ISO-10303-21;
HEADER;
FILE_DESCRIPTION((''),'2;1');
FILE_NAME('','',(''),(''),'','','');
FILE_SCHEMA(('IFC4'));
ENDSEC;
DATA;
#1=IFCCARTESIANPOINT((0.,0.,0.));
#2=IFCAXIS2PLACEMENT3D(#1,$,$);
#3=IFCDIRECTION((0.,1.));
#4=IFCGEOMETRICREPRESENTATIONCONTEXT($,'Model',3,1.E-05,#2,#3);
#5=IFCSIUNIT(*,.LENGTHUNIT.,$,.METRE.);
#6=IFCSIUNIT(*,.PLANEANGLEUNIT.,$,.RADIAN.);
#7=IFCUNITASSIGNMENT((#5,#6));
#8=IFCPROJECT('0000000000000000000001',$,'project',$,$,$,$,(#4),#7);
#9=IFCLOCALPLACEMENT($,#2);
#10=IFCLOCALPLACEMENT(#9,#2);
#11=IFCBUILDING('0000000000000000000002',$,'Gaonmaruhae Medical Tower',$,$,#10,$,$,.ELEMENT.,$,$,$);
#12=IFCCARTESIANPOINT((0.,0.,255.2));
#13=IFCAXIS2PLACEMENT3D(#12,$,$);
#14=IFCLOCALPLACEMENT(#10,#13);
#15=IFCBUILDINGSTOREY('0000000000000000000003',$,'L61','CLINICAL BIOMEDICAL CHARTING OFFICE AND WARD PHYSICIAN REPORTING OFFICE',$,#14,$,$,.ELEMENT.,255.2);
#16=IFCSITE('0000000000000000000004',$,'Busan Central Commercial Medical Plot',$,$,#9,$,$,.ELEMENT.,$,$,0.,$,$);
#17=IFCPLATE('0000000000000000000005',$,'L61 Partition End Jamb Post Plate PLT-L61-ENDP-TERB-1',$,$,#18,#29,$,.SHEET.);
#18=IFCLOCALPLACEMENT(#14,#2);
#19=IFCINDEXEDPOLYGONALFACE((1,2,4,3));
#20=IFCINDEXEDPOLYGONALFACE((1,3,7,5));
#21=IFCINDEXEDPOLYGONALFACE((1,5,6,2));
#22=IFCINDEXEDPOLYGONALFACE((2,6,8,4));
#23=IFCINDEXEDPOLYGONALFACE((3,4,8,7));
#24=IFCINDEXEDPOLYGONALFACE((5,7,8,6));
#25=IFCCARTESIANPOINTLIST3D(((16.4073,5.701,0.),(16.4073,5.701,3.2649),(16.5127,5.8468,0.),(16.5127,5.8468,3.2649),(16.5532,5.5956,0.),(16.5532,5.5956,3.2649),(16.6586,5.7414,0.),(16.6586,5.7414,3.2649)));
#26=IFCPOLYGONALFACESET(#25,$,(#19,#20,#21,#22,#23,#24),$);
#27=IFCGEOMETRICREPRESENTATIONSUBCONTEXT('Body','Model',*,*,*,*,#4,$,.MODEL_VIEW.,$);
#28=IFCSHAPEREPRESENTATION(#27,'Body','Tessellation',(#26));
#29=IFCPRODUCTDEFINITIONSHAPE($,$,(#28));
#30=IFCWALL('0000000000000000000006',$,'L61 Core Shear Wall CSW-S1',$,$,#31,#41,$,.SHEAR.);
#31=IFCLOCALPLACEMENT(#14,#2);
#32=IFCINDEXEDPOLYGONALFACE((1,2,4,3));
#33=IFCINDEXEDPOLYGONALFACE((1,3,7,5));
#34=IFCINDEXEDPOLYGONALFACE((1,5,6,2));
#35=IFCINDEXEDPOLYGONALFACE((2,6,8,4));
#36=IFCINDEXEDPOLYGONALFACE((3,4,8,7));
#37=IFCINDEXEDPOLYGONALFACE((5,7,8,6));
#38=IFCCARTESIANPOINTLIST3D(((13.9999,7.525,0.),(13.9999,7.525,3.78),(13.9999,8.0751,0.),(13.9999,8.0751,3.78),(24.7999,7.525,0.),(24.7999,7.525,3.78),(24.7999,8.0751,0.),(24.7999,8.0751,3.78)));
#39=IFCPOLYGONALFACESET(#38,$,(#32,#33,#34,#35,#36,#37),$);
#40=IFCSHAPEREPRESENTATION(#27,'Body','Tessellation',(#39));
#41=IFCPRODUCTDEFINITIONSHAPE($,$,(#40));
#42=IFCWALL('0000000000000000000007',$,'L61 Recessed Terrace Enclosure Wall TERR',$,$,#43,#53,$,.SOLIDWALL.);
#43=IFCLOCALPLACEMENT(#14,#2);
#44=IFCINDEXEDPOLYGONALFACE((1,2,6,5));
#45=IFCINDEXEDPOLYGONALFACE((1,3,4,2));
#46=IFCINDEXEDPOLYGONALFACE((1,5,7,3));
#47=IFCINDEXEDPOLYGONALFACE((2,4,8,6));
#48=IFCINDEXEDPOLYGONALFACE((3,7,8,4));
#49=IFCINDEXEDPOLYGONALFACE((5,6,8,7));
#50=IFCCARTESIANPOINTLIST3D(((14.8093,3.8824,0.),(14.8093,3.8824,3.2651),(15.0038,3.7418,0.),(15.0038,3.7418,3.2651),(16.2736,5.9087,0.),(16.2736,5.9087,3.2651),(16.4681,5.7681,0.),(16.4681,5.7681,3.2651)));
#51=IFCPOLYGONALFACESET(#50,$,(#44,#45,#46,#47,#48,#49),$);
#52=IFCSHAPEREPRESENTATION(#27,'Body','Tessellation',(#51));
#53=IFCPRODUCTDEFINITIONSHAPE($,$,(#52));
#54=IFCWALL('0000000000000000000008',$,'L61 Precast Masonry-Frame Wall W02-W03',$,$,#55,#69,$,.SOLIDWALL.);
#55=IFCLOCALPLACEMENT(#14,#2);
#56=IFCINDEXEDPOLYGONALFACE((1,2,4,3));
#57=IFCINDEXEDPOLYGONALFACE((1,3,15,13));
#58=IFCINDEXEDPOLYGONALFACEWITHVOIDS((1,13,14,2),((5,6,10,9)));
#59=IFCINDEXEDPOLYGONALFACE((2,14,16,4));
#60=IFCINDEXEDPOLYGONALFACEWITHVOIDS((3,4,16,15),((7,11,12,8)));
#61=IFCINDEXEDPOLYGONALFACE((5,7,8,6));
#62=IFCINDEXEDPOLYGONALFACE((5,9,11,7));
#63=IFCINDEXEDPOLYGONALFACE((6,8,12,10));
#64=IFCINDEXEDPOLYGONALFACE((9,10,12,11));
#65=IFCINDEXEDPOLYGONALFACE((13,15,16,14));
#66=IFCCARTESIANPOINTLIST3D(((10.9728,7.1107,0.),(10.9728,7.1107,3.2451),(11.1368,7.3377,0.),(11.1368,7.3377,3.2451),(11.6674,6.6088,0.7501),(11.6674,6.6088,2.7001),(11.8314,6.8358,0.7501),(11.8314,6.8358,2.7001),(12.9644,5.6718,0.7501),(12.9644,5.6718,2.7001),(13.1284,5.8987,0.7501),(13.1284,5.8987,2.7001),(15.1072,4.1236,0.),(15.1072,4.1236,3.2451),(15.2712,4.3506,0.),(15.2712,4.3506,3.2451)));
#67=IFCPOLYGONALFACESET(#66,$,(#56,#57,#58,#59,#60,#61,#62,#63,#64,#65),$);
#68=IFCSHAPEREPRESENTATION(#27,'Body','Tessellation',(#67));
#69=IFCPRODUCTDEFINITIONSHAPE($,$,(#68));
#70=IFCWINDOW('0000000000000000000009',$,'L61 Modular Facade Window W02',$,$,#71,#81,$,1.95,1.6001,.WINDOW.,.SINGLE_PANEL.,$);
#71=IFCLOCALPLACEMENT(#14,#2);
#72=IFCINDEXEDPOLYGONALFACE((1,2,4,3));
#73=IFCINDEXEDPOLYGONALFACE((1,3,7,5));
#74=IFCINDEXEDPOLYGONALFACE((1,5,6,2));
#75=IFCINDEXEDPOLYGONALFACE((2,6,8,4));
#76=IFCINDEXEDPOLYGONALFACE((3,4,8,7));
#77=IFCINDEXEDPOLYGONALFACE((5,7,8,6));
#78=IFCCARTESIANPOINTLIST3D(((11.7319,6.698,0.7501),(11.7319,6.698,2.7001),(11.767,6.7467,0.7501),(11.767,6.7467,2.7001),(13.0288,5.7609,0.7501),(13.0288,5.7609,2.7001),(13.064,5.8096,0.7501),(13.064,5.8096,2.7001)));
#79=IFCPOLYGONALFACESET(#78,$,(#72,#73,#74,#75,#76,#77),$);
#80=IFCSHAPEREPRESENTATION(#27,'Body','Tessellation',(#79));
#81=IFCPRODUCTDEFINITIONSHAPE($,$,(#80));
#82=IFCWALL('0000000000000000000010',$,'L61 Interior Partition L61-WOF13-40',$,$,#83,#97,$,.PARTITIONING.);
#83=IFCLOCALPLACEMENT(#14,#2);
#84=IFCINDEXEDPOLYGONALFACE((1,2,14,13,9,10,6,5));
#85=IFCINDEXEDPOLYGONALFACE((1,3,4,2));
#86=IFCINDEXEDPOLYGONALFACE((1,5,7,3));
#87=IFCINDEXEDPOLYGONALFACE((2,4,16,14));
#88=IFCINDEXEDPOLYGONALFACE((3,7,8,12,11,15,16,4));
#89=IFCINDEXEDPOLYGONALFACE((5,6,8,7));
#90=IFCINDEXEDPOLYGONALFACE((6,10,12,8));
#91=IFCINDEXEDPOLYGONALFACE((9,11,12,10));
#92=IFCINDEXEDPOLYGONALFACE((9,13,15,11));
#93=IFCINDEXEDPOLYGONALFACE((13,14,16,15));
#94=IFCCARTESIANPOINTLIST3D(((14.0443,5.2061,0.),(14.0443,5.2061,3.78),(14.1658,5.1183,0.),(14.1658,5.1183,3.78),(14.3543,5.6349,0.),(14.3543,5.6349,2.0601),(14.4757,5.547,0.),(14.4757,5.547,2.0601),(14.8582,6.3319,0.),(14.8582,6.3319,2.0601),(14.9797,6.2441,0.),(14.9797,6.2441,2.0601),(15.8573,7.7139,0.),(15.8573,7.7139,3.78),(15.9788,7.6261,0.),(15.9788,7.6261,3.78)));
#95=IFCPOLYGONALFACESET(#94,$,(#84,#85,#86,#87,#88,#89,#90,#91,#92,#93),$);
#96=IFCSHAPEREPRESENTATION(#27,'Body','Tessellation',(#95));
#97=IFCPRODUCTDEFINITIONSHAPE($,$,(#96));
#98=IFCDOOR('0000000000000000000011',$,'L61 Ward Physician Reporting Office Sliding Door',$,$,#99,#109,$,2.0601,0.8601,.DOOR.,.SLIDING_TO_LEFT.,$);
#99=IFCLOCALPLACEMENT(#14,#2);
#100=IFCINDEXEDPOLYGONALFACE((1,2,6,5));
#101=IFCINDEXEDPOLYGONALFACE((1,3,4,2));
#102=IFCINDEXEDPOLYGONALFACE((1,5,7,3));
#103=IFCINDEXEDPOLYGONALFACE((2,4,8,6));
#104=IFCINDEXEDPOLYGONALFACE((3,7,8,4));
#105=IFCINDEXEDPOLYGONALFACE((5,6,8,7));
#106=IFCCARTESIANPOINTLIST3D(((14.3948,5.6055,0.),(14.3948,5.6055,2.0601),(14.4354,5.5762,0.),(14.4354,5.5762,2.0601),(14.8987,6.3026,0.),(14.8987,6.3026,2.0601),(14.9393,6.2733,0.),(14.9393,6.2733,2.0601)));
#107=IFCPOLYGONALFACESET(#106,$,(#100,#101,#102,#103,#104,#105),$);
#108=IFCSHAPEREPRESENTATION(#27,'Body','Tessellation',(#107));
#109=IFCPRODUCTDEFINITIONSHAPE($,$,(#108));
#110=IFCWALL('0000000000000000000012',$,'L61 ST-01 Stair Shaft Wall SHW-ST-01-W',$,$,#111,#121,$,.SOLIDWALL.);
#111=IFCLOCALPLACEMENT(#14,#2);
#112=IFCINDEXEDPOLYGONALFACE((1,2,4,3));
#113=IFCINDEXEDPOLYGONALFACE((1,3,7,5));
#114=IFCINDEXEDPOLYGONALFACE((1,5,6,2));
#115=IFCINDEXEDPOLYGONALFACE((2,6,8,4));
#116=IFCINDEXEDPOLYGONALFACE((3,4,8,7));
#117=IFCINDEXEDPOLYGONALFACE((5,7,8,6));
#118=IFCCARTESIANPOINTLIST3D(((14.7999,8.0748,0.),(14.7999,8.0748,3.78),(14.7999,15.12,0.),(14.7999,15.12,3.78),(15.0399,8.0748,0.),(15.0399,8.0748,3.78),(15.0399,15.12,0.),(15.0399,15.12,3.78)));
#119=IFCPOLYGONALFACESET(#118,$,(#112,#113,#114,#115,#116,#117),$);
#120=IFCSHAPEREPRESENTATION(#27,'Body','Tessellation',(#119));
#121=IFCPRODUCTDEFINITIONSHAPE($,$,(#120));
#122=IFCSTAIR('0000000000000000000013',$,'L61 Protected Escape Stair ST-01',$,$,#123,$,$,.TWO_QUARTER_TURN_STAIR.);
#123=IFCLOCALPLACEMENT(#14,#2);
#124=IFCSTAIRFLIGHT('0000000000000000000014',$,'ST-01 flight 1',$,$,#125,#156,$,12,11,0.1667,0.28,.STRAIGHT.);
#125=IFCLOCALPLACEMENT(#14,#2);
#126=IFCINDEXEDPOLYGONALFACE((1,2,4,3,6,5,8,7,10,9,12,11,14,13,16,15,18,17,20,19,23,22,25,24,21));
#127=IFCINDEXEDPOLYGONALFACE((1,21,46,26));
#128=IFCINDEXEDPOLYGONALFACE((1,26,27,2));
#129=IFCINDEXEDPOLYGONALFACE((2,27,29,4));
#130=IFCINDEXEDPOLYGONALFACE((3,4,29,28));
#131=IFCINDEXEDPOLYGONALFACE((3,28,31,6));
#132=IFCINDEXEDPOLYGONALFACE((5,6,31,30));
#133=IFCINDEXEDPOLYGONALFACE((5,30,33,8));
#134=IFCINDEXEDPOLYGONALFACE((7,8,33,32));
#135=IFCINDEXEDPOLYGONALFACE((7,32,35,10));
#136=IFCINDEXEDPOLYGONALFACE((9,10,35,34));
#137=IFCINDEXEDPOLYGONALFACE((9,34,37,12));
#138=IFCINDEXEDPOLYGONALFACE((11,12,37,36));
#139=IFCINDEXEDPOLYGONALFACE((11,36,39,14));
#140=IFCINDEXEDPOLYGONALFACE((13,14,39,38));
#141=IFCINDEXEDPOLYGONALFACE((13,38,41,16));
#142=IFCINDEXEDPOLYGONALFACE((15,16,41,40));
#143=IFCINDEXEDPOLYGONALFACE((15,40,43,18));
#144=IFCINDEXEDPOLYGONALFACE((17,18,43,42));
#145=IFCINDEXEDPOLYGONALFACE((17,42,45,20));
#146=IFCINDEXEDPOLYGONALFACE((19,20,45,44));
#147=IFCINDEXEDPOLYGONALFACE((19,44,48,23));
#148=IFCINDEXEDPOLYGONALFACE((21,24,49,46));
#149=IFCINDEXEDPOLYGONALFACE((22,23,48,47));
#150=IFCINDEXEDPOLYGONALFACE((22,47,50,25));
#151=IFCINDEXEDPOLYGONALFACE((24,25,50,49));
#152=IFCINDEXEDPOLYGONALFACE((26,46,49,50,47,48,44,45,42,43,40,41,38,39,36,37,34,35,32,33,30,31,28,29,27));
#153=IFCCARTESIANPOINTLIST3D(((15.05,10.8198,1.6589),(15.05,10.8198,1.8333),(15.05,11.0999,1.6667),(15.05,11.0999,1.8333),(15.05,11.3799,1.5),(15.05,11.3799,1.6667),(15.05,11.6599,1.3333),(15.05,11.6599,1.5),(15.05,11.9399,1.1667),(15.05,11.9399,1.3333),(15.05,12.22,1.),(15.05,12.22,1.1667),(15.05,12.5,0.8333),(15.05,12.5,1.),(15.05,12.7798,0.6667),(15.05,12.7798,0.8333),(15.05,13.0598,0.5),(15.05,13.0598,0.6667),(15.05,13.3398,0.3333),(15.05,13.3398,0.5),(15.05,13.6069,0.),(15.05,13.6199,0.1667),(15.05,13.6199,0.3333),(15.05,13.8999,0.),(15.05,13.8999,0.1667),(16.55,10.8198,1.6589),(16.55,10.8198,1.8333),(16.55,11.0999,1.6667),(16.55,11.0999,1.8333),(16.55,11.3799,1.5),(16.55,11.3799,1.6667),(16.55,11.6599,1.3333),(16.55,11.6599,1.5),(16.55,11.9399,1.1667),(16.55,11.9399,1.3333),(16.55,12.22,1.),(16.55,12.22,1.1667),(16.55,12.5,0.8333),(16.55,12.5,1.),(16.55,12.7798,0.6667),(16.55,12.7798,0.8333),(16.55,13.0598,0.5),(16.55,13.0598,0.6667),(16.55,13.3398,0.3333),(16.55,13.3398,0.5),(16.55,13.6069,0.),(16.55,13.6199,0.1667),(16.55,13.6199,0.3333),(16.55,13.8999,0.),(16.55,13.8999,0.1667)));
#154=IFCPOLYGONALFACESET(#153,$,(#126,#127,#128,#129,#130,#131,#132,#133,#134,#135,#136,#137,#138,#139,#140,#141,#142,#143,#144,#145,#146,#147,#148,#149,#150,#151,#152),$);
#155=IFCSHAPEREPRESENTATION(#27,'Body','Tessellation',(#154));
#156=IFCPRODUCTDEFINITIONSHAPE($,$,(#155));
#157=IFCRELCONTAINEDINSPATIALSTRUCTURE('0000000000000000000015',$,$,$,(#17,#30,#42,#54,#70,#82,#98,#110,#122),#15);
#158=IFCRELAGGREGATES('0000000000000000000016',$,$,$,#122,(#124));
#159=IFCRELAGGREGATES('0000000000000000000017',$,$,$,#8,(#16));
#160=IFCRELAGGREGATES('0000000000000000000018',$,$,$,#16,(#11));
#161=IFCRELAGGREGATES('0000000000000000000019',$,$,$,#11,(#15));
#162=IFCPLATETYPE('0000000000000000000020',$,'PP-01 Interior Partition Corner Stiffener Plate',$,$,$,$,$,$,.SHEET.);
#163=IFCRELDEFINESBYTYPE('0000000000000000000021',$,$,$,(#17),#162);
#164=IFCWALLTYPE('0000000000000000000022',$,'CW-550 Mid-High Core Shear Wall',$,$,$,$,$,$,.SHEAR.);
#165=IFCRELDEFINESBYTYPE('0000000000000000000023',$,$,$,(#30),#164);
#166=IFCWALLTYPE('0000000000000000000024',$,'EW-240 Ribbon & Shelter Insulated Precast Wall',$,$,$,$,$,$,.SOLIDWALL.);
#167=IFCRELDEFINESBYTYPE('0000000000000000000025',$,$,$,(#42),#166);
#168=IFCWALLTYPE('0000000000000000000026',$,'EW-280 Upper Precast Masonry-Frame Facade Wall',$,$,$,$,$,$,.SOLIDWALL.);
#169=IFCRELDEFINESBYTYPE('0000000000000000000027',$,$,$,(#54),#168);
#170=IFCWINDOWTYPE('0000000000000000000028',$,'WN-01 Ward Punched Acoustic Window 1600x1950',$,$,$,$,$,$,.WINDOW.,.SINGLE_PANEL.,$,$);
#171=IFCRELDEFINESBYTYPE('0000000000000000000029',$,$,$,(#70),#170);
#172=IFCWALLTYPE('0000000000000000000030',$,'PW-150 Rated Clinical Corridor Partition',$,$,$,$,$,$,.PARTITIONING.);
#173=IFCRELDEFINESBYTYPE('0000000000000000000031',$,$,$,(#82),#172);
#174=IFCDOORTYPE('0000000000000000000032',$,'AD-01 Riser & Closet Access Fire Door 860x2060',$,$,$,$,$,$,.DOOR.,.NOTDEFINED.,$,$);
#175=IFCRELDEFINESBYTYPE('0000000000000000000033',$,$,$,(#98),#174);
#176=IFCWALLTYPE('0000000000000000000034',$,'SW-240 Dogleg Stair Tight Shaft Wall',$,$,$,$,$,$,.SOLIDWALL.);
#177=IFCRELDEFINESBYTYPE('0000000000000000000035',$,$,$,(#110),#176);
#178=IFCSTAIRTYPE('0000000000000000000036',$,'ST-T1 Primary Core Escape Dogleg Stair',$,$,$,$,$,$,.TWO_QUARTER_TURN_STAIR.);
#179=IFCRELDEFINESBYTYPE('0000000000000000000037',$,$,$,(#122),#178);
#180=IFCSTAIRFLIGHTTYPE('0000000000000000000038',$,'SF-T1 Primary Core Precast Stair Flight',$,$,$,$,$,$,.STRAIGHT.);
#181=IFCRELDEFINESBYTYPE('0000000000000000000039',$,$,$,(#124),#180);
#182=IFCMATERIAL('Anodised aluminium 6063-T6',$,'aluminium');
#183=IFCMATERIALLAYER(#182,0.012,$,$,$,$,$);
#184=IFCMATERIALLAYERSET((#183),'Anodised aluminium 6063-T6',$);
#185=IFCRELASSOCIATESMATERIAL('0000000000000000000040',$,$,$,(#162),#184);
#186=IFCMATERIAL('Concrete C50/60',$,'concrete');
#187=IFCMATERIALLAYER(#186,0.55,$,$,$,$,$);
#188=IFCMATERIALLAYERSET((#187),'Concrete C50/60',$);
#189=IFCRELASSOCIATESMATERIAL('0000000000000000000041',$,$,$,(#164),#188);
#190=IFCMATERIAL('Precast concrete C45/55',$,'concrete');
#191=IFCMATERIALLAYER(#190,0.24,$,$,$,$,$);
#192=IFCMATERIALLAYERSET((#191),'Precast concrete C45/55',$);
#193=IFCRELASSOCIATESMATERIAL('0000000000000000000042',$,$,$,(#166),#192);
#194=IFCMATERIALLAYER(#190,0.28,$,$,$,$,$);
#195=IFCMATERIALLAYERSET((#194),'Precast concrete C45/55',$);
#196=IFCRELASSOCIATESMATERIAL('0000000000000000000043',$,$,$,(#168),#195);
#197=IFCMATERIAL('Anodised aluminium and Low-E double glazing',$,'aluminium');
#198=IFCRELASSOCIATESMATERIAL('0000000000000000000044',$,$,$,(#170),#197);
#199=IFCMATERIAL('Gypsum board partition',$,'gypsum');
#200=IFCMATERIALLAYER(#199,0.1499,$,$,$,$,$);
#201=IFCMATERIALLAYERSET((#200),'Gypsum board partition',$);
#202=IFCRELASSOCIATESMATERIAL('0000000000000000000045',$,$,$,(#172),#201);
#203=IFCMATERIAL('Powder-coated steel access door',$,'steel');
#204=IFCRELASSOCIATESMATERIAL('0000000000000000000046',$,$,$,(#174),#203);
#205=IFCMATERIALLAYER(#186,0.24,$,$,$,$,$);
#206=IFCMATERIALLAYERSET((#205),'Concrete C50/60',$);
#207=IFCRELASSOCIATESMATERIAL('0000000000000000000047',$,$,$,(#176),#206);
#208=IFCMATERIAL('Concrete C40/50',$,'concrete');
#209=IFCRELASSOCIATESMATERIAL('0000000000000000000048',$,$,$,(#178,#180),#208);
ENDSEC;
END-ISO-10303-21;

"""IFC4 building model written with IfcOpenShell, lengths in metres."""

from ifc_helpers import new_model, si_unit, direction, frame, frame_2d, origin, origin_2d, place, context, subcontext, project, spatial, polyline, rectangle, outline, extrude, material, layer, layer_set, type_object, element, fill, aggregate, save


model = new_model("IFC4")

# Units and contexts
model_context = context("Model", 3, precision=1e-05, world=origin(), true_north=direction((0.0, 1.0)))
body_context = subcontext(model_context, "Body", "Model", "MODEL_VIEW")
ifc_project = project(units=[si_unit("LENGTHUNIT", "METRE"), si_unit("PLANEANGLEUNIT", "RADIAN")], contexts=[model_context])

# Site, building, storey
site_placement = place(None, origin())
site = spatial("IfcSite", under=ifc_project, at=site_placement, Name="Busan Central Commercial Medical Plot", CompositionType="ELEMENT", RefElevation=0.0)
building_placement = place(site_placement, origin())
building = spatial("IfcBuilding", under=site, at=building_placement, Name="Gaonmaruhae Medical Tower", CompositionType="ELEMENT")
storey_placement = place(building_placement, frame((0.0, 0.0, 255.2)))
storey = spatial("IfcBuildingStorey", under=building, at=storey_placement, Name="L61", Description="CLINICAL BIOMEDICAL CHARTING OFFICE AND WARD PHYSICIAN REPORTING OFFICE", CompositionType="ELEMENT", Elevation=255.2)

# Shared definitions
ifc_material_1 = material(Name="Concrete C50/60", Category="concrete")

# Plate
ifc_material_2 = material(Name="Anodised aluminium 6063-T6", Category="aluminium")
ifc_layer_1 = layer(ifc_material_2, 0.012)
ifc_layer_set_1 = layer_set([ifc_layer_1], Name="Anodised aluminium 6063-T6")
plate_type = type_object("IfcPlateType", Name="PP-01 Interior Partition Corner Stiffener Plate", PredefinedType="SHEET", material=ifc_layer_set_1)
plate_placement = place(storey_placement, frame((16.533, 5.7212, 0.0), z_axis=(0.0, 0.0, 1.0), x_axis=(-0.810553, 0.585665, 0.0)))
element("IfcPlate", 1, at=plate_placement, inside=storey, type_object=plate_type, Name="L61 Partition End Jamb Post Plate PLT-L61-ENDP-TERB-1", PredefinedType="SHEET", context=body_context, shape_type="SweptSolid", body=[
    extrude(rectangle(XDim=0.1799, YDim=0.1799, at=origin_2d()), origin(), (0.0, 0.0, 1.0), 3.2649),
])

# Walls
ifc_layer_2 = layer(ifc_material_1, 0.55)
ifc_layer_set_2 = layer_set([ifc_layer_2], Name="Concrete C50/60")
wall_type_1 = type_object("IfcWallType", Name="CW-550 Mid-High Core Shear Wall", PredefinedType="SHEAR", material=ifc_layer_set_2)
wall_1_placement = place(storey_placement, frame((14.0, 7.8, 0.0), z_axis=(0.0, 0.0, 1.0), x_axis=(1.0, 0.0, 0.0)))
element("IfcWall", 2, at=wall_1_placement, inside=storey, type_object=wall_type_1, Name="L61 Core Shear Wall CSW-S1", PredefinedType="SHEAR", context=body_context, shape_type="SweptSolid", body=[
    extrude(rectangle(XDim=10.8, YDim=0.55, at=frame_2d((5.3999, 0.0))), origin(), (0.0, 0.0, 1.0), 3.78),
])
ifc_material_3 = material(Name="Precast concrete C45/55", Category="concrete")
ifc_layer_3 = layer(ifc_material_3, 0.24)
ifc_layer_set_3 = layer_set([ifc_layer_3], Name="Precast concrete C45/55")
wall_type_2 = type_object("IfcWallType", Name="EW-240 Ribbon & Shelter Insulated Precast Wall", PredefinedType="SOLIDWALL", material=ifc_layer_set_3)
wall_2_placement = place(storey_placement, frame((16.3708, 5.8384, 0.0), z_axis=(0.0, 0.0, 1.0), x_axis=(-0.585719, -0.810514, 0.0)))
element("IfcWall", 3, at=wall_2_placement, inside=storey, type_object=wall_type_2, Name="L61 Recessed Terrace Enclosure Wall TERR", PredefinedType="SOLIDWALL", context=body_context, shape_type="SweptSolid", body=[
    extrude(rectangle(XDim=2.5, YDim=0.24, at=frame_2d((1.25, 0.0))), origin(), (0.0, 0.0, 1.0), 3.2651),
])

# Wall, opening, window
ifc_layer_4 = layer(ifc_material_3, 0.28)
ifc_layer_set_4 = layer_set([ifc_layer_4], Name="Precast concrete C45/55")
wall_type_3 = type_object("IfcWallType", Name="EW-280 Upper Precast Masonry-Frame Facade Wall", PredefinedType="SOLIDWALL", material=ifc_layer_set_4)
wall_3_placement = place(storey_placement, frame((15.1892, 4.2371, 0.0), z_axis=(0.0, 0.0, 1.0), x_axis=(-0.810568, 0.585644, 0.0)))
wall_3 = element("IfcWall", 4, at=wall_3_placement, inside=storey, type_object=wall_type_3, Name="L61 Precast Masonry-Frame Wall W02-W03", PredefinedType="SOLIDWALL", context=body_context, shape_type="SweptSolid", body=[
    extrude(rectangle(XDim=5.1006, YDim=0.28, at=frame_2d((2.5503, 0.0))), origin(), (0.0, 0.0, 1.0), 3.2451),
])
opening_1_placement = place(wall_3_placement, frame((2.6436, 0.0, 0.75)))
opening_1 = element("IfcOpeningElement", 5, at=opening_1_placement, cuts=wall_3, PredefinedType="OPENING", context=body_context, shape_type="SweptSolid", body=[
    extrude(rectangle(XDim=1.6001, YDim=1.95, at=frame_2d((0.8, 0.9751))), frame((0.0, 0.1499, 0.0), z_axis=(0.0, -1.0, 0.0), x_axis=(1.0, 0.0, 0.0)), (0.0, 0.0, 1.0), 0.3),
])
ifc_material_4 = material(Name="Anodised aluminium and Low-E double glazing", Category="aluminium")
window_type = type_object("IfcWindowType", Name="WN-01 Ward Punched Acoustic Window 1600x1950", PartitioningType="SINGLE_PANEL", PredefinedType="WINDOW", material=ifc_material_4)
window_placement = place(opening_1_placement, origin())
window = element("IfcWindow", 6, at=window_placement, inside=storey, type_object=window_type, Name="L61 Modular Facade Window W02", OverallHeight=1.95, OverallWidth=1.6001, PartitioningType="SINGLE_PANEL", PredefinedType="WINDOW", context=body_context, shape_type="SweptSolid", body=[
    extrude(rectangle(XDim=1.6001, YDim=1.95, at=frame_2d((0.8, 0.9751))), frame((0.0, 0.03, 0.0), z_axis=(0.0, -1.0, 0.0), x_axis=(1.0, 0.0, 0.0)), (0.0, 0.0, 1.0), 0.0601),
])
fill(opening_1, window)

# Wall, opening, door
ifc_material_5 = material(Name="Gypsum board partition", Category="gypsum")
ifc_layer_5 = layer(ifc_material_5, 0.1499)
ifc_layer_set_5 = layer_set([ifc_layer_5], Name="Gypsum board partition")
wall_type_4 = type_object("IfcWallType", Name="PW-150 Rated Clinical Corridor Partition", PredefinedType="PARTITIONING", material=ifc_layer_set_5)
wall_4_placement = place(storey_placement, frame((14.105, 5.1621, 0.0), z_axis=(0.0, 0.0, 1.0), x_axis=(0.585871, 0.810405, 0.0)))
wall_4 = element("IfcWall", 7, at=wall_4_placement, inside=storey, type_object=wall_type_4, Name="L61 Interior Partition L61-WOF13-40", PredefinedType="PARTITIONING", context=body_context, shape_type="SweptSolid", body=[
    extrude(rectangle(XDim=3.0945, YDim=0.1499, at=frame_2d((1.5474, 0.0))), origin(), (0.0, 0.0, 1.0), 3.78),
])
opening_2_placement = place(wall_4_placement, frame((0.5291, 0.0, 0.0)))
opening_2 = element("IfcOpeningElement", 8, at=opening_2_placement, cuts=wall_4, PredefinedType="OPENING", context=body_context, shape_type="SweptSolid", body=[
    extrude(rectangle(XDim=0.8601, YDim=2.0601, at=frame_2d((0.4302, 1.03))), frame((0.0, 0.085, 0.0), z_axis=(0.0, -1.0, 0.0), x_axis=(1.0, 0.0, 0.0)), (0.0, 0.0, 1.0), 0.1699),
])
ifc_material_6 = material(Name="Powder-coated steel access door", Category="steel")
door_type = type_object("IfcDoorType", Name="AD-01 Riser & Closet Access Fire Door 860x2060", OperationType="NOTDEFINED", PredefinedType="DOOR", material=ifc_material_6)
door_placement = place(opening_2_placement, origin())
door = element("IfcDoor", 9, at=door_placement, inside=storey, type_object=door_type, Name="L61 Ward Physician Reporting Office Sliding Door", OperationType="SLIDING_TO_LEFT", OverallHeight=2.0601, OverallWidth=0.8601, PredefinedType="DOOR", context=body_context, shape_type="SweptSolid", body=[
    extrude(rectangle(XDim=0.8601, YDim=2.0601, at=frame_2d((0.4302, 1.03))), frame((0.0, 0.0249, 0.0), z_axis=(0.0, -1.0, 0.0), x_axis=(1.0, 0.0, 0.0)), (0.0, 0.0, 1.0), 0.05),
])
fill(opening_2, door)

# Wall
ifc_layer_6 = layer(ifc_material_1, 0.24)
ifc_layer_set_6 = layer_set([ifc_layer_6], Name="Concrete C50/60")
wall_type_5 = type_object("IfcWallType", Name="SW-240 Dogleg Stair Tight Shaft Wall", PredefinedType="SOLIDWALL", material=ifc_layer_set_6)
wall_5_placement = place(storey_placement, frame((14.9199, 8.075, 0.0), z_axis=(0.0, 0.0, 1.0), x_axis=(0.0, 1.0, 0.0)))
element("IfcWall", 10, at=wall_5_placement, inside=storey, type_object=wall_type_5, Name="L61 ST-01 Stair Shaft Wall SHW-ST-01-W", PredefinedType="SOLIDWALL", context=body_context, shape_type="SweptSolid", body=[
    extrude(rectangle(XDim=7.0452, YDim=0.24, at=frame_2d((3.5225, 0.0))), origin(), (0.0, 0.0, 1.0), 3.78),
])

# Stair, stair flight
ifc_material_7 = material(Name="Concrete C40/50", Category="concrete")
stair_type = type_object("IfcStairType", Name="ST-T1 Primary Core Escape Dogleg Stair", PredefinedType="TWO_QUARTER_TURN_STAIR", material=ifc_material_7)
stair_placement = place(storey_placement, origin())
stair = element("IfcStair", 11, at=stair_placement, inside=storey, type_object=stair_type, Name="L61 Protected Escape Stair ST-01", PredefinedType="TWO_QUARTER_TURN_STAIR")
stair_flight_type = type_object("IfcStairFlightType", Name="SF-T1 Primary Core Precast Stair Flight", PredefinedType="STRAIGHT", material=ifc_material_7)
stair_flight_placement = place(storey_placement, frame((15.8, 13.8999, 0.0), z_axis=(0.0, 0.0, 1.0), x_axis=(0.0, -1.0, 0.0)))
stair_flight = element("IfcStairFlight", 12, at=stair_flight_placement, type_object=stair_flight_type, Name="ST-01 flight 1", NumberOfRisers=12, NumberOfTreads=11, PredefinedType="STRAIGHT", RiserHeight=0.1667, TreadLength=0.28, context=body_context, shape_type="SweptSolid", body=[
    extrude(outline(polyline([(0.0, 0.0), (0.0, 0.1667), (0.28, 0.1667), (0.28, 0.3333), (0.5601, 0.3333), (0.5601, 0.5), (0.8401, 0.5), (0.8401, 0.6667), (1.1201, 0.6667), (1.1201, 0.8333), (1.3999, 0.8333), (1.3999, 1.0), (1.6799, 1.0), (1.6799, 1.1667), (1.96, 1.1667), (1.96, 1.3333), (2.24, 1.3333), (2.24, 1.5), (2.52, 1.5), (2.52, 1.6667), (2.8, 1.6667), (2.8, 1.8333), (3.0801, 1.8333), (3.0801, 2.0), (3.0801, 1.6589), (0.293, 0.0), (0.0, 0.0)])), frame((0.0, 0.75, 0.0), z_axis=(0.0, -1.0, 0.0), x_axis=(1.0, 0.0, 0.0)), (0.0, 0.0, 1.0), 1.5),
])
aggregate(stair, [stair_flight])

save(model, "model.ifc")
